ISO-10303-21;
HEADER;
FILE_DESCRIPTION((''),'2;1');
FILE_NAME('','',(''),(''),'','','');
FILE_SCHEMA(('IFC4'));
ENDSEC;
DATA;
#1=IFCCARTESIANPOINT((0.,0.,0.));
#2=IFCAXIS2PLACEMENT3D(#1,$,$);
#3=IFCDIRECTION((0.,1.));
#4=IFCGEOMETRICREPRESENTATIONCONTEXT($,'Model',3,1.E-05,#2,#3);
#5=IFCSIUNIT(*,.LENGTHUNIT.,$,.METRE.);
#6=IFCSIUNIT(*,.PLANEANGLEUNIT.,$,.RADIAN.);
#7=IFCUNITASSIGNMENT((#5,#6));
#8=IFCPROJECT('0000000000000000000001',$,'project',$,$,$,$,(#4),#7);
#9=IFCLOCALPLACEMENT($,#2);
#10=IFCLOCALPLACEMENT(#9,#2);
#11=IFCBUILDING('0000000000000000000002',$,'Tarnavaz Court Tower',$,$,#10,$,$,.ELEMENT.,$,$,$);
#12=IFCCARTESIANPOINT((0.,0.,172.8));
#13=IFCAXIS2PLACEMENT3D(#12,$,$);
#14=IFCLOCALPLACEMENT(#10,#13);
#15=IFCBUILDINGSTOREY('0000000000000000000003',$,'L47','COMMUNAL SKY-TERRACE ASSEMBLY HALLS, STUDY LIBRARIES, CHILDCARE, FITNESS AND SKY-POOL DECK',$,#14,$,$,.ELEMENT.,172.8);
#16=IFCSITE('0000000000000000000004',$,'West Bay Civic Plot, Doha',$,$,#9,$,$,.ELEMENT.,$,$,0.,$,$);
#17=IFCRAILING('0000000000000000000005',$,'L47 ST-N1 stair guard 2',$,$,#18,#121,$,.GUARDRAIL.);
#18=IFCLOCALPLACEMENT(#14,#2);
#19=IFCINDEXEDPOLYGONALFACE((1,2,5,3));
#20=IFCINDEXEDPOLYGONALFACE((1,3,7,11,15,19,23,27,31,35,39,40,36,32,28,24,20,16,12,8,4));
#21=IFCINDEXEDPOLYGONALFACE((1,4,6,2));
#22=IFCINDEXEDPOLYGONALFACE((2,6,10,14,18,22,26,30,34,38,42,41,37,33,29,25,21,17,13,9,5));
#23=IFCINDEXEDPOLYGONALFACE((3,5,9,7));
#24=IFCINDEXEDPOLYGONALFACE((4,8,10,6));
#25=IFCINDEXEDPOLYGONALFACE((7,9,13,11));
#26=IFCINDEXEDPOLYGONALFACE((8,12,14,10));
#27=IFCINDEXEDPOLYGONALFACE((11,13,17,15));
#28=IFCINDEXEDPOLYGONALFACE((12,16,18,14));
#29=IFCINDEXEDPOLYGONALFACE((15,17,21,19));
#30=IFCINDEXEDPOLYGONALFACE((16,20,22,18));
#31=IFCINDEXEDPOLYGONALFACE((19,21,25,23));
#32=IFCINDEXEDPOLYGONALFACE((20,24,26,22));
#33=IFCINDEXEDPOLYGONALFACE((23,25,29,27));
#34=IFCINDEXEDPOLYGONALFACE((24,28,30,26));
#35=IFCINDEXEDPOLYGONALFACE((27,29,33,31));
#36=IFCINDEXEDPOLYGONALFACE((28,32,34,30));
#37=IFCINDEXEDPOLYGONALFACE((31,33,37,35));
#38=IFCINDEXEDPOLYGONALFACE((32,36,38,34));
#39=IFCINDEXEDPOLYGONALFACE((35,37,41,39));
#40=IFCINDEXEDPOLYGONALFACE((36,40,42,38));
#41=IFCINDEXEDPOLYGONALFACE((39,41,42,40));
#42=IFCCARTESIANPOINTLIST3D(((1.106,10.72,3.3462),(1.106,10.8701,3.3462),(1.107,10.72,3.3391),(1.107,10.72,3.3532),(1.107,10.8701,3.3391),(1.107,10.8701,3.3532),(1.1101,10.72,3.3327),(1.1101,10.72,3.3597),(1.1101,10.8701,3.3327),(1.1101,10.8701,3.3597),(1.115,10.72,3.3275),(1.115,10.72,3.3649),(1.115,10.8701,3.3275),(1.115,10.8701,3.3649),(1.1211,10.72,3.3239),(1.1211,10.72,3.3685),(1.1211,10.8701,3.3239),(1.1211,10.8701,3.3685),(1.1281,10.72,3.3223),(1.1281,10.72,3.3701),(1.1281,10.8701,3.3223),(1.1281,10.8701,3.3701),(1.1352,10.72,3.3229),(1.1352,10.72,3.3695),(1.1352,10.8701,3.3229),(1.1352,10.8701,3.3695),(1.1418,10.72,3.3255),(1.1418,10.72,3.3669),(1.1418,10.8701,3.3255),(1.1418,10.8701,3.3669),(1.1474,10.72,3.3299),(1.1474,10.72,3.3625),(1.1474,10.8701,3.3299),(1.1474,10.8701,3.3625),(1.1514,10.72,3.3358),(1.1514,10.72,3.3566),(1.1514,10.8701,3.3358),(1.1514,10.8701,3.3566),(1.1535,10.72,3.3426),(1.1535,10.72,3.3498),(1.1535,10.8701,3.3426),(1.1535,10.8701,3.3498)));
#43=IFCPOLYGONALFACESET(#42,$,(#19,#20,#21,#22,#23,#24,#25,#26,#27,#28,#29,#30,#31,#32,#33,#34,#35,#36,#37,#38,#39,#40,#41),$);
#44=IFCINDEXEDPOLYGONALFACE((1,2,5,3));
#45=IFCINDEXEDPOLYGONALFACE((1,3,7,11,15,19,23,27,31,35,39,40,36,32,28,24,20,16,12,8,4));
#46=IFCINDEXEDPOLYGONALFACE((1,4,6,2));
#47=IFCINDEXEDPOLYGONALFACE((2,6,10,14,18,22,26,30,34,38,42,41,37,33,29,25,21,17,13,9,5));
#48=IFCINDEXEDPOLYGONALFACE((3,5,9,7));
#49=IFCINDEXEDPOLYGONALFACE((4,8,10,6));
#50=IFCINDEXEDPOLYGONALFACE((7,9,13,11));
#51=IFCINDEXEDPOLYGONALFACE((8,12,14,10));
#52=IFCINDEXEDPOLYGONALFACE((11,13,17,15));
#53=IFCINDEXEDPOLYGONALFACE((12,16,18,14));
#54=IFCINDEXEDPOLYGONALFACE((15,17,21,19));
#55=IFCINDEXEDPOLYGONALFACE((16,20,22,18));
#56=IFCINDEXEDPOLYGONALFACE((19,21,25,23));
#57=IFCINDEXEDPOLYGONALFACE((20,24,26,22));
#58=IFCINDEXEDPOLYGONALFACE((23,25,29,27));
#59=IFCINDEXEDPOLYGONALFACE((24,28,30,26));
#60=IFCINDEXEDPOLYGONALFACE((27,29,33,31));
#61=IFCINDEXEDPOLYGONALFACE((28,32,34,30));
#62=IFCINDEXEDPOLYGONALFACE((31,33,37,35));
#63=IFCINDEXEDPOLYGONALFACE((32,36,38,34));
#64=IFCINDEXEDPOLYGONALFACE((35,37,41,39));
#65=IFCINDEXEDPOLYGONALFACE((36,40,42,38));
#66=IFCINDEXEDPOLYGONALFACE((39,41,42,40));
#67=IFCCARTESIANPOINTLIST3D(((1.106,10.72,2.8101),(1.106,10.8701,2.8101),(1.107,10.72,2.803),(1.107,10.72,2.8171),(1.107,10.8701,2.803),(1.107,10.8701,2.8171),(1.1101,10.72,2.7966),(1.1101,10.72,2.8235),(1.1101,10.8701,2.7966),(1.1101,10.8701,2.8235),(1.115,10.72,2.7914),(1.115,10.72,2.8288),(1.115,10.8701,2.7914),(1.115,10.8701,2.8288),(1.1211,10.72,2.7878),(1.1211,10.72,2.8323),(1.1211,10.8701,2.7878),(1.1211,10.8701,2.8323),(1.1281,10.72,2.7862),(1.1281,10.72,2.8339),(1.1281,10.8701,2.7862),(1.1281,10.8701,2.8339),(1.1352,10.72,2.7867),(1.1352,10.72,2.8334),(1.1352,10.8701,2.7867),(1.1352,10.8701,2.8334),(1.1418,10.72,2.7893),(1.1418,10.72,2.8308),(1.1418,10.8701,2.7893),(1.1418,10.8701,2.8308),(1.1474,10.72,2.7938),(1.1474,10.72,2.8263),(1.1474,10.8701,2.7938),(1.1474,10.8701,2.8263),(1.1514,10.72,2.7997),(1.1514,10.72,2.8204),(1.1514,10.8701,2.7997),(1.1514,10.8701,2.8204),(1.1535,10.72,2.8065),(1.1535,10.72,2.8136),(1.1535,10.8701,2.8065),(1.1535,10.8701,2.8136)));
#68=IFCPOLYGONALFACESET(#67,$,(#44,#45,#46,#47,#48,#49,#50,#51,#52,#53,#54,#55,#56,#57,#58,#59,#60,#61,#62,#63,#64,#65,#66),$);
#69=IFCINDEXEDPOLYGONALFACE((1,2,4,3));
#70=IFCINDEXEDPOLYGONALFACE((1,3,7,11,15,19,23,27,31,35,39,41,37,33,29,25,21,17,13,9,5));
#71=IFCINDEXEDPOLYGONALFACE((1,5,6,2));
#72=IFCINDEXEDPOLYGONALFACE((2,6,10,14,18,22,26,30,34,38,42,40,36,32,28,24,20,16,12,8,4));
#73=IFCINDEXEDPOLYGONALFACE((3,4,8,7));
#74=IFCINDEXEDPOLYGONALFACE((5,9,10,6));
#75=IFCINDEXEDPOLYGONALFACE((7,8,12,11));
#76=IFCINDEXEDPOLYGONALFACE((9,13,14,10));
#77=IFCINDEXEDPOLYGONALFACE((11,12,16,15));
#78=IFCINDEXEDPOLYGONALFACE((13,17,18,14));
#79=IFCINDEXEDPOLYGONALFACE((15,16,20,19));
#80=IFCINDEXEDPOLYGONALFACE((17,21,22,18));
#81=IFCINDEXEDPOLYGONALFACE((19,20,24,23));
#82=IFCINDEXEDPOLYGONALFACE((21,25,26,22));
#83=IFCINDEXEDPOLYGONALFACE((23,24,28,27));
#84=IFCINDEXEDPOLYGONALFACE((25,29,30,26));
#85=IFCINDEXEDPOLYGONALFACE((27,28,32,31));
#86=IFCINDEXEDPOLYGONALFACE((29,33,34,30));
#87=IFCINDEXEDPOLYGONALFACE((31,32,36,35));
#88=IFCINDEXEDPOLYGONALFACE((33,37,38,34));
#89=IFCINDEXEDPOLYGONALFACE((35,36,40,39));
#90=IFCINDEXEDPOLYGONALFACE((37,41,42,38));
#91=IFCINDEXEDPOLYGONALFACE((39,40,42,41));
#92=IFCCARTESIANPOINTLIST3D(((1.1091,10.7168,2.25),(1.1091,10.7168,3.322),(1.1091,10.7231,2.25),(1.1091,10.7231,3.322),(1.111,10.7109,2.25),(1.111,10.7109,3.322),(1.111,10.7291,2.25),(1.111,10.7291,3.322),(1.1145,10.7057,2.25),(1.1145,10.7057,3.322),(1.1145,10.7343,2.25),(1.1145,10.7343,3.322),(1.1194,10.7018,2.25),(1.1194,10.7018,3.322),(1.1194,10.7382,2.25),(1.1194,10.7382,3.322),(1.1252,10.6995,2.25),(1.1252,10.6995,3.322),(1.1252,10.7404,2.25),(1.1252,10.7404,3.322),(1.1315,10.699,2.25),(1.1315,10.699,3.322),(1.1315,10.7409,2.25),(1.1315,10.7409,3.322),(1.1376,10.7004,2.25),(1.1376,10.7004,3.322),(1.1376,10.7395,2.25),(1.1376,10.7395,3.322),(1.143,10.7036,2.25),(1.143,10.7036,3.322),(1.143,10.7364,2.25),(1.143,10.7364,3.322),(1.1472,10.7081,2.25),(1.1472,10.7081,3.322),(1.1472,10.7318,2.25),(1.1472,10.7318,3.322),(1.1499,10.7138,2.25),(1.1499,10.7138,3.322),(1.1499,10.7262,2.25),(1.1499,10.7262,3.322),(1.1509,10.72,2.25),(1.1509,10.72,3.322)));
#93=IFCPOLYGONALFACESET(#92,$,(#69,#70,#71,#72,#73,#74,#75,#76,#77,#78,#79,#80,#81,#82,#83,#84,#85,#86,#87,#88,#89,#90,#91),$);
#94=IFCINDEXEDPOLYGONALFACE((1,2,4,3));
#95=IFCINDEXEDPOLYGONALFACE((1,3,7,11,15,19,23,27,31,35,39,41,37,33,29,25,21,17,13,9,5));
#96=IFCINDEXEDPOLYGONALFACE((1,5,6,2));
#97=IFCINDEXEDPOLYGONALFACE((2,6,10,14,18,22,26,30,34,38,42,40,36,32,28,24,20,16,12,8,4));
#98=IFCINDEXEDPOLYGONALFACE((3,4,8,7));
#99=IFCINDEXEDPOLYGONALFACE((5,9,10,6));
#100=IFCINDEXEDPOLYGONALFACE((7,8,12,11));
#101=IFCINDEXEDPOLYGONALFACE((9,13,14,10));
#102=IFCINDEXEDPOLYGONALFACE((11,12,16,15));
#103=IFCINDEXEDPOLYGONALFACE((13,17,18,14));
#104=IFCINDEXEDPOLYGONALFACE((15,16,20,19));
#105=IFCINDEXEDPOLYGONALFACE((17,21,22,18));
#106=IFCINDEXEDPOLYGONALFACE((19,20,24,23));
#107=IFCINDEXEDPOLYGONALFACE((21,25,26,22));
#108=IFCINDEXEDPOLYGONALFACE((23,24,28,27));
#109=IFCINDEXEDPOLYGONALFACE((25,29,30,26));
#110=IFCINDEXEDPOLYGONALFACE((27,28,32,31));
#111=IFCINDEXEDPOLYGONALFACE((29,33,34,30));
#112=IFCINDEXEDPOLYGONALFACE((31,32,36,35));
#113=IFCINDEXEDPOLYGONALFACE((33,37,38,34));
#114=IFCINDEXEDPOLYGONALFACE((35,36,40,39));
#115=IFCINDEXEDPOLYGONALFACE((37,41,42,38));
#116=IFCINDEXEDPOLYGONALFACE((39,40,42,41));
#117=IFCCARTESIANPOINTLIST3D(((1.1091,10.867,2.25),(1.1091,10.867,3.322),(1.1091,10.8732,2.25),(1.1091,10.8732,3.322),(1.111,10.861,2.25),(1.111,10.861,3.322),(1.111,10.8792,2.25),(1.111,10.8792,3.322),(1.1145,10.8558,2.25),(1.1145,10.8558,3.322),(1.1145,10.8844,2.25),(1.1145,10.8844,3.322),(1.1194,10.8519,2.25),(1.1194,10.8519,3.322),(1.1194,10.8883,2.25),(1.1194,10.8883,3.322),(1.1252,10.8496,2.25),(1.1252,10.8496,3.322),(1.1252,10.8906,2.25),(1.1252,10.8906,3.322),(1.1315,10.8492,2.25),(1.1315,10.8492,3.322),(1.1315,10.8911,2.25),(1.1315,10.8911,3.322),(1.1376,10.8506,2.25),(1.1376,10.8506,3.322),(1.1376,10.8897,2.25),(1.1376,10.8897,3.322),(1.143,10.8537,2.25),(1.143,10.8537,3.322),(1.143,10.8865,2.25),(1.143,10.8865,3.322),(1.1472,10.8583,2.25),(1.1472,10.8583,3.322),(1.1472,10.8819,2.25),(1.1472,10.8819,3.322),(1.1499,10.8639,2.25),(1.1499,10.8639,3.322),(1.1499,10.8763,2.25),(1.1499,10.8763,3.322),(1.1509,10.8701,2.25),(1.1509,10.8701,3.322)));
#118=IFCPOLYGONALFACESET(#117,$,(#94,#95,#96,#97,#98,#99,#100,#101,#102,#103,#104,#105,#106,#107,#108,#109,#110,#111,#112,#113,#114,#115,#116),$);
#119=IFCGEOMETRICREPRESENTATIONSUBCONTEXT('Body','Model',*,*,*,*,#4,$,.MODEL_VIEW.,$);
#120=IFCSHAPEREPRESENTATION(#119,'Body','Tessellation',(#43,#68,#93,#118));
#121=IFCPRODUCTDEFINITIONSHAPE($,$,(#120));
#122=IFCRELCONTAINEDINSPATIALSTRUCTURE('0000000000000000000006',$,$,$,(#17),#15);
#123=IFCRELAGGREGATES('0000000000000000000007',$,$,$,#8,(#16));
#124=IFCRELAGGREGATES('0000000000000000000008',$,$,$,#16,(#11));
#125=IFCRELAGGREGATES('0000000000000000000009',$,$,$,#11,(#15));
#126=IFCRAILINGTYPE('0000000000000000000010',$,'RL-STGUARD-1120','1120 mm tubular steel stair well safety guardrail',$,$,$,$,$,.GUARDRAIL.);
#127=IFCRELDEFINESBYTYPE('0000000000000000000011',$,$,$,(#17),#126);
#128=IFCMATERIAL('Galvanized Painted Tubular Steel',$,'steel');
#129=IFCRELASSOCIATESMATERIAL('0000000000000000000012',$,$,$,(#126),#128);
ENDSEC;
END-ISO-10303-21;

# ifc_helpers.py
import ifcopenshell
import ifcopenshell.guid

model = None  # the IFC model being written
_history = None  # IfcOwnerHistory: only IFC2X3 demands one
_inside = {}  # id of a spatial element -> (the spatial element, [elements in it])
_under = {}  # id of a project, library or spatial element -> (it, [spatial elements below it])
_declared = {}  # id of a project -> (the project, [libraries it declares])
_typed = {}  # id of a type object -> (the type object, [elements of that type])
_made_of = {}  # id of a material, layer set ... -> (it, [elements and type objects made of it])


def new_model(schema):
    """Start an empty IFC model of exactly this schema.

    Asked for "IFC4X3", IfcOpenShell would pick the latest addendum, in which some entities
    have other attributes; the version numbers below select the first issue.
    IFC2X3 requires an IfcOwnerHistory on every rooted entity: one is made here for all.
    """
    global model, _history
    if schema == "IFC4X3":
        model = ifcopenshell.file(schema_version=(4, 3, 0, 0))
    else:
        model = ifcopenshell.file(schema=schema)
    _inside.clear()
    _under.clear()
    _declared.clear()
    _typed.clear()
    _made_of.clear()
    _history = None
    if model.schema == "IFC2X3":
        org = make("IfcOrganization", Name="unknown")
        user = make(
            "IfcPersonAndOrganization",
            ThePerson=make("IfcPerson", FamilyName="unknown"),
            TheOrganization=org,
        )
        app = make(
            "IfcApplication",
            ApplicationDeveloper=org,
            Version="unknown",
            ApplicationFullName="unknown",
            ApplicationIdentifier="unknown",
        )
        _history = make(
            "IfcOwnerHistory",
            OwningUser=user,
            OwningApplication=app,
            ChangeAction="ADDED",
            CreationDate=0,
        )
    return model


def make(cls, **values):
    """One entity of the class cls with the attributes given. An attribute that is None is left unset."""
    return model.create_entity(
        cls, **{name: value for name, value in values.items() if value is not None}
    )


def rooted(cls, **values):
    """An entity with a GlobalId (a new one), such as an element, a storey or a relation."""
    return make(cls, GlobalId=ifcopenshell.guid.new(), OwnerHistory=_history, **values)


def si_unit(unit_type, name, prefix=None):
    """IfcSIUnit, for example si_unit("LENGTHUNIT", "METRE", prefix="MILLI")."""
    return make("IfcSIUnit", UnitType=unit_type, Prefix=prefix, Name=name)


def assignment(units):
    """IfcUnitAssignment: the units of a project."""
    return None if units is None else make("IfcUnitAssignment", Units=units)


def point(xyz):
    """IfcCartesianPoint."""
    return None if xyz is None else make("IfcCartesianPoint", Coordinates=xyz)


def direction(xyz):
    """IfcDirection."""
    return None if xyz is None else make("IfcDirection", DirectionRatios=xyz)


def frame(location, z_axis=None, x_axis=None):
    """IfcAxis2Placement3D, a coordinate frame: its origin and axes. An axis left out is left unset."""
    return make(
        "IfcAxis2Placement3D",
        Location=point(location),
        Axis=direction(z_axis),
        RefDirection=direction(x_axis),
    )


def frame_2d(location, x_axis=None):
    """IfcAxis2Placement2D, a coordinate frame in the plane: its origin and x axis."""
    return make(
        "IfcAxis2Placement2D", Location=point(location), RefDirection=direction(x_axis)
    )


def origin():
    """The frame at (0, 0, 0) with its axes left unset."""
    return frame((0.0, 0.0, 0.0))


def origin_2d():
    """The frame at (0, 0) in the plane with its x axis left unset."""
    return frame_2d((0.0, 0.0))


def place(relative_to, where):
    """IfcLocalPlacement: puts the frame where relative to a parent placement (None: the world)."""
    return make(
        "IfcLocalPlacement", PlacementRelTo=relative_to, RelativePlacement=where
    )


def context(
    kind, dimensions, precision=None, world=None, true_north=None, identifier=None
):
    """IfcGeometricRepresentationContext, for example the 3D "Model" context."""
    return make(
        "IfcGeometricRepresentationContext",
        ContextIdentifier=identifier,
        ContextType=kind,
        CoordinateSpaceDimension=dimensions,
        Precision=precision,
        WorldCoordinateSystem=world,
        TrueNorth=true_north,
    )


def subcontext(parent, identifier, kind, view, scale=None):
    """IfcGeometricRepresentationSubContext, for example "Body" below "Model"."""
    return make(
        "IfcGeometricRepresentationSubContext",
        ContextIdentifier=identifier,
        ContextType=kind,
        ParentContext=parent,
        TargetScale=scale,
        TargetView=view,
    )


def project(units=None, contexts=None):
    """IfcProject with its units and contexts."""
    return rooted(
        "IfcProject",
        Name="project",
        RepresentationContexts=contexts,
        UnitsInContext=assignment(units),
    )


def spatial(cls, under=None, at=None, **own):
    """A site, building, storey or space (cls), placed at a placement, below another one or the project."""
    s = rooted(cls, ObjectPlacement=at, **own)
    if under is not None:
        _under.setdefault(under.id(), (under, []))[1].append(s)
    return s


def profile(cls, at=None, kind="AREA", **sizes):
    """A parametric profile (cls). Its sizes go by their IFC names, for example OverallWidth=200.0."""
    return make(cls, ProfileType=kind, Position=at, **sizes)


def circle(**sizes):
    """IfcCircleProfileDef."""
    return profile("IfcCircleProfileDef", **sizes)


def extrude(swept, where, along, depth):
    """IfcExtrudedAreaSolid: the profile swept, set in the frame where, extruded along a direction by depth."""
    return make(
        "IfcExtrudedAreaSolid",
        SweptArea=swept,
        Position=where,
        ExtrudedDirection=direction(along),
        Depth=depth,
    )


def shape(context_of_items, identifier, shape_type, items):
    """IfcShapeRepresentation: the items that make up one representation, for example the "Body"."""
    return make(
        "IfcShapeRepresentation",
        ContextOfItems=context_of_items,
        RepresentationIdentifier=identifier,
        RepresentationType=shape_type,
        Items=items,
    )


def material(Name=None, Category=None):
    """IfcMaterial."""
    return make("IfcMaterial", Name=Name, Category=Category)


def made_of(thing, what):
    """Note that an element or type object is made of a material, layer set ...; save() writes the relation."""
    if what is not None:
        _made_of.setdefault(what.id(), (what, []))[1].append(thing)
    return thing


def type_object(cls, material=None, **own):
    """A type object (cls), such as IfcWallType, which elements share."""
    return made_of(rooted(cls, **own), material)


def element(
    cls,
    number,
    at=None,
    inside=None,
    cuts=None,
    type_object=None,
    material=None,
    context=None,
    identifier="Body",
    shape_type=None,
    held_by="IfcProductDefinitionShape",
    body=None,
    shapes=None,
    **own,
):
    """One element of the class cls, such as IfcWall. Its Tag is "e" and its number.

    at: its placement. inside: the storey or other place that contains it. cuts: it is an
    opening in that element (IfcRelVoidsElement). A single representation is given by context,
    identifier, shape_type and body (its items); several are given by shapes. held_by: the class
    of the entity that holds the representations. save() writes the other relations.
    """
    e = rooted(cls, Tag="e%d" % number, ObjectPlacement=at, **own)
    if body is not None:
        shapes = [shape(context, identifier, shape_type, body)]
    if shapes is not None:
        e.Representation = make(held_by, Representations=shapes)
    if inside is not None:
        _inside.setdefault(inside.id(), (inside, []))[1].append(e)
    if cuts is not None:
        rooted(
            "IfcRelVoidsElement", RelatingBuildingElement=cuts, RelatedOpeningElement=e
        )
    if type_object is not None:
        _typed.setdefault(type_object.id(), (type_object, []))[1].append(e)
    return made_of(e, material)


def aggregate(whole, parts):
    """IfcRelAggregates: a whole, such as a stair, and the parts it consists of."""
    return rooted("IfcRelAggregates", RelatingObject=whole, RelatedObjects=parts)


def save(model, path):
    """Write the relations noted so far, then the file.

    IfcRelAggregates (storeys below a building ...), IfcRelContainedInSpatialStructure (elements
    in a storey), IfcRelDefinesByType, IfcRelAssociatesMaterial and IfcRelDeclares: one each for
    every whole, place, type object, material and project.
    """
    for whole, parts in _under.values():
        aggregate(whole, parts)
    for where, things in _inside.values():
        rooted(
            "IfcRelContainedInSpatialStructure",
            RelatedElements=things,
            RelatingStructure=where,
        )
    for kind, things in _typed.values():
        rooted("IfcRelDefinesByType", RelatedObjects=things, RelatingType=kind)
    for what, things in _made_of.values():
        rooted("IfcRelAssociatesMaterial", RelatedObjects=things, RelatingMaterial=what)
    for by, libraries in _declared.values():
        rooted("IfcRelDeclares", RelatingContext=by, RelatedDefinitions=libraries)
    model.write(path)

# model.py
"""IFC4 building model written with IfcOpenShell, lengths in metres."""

from ifc_helpers import new_model, si_unit, direction, frame, origin, origin_2d, place, context, subcontext, project, spatial, circle, extrude, material, type_object, element, save


model = new_model("IFC4")

# Units and contexts
model_context = context("Model", 3, precision=1e-05, world=origin(), true_north=direction((0.0, 1.0)))
body_context = subcontext(model_context, "Body", "Model", "MODEL_VIEW")
ifc_project = project(units=[si_unit("LENGTHUNIT", "METRE"), si_unit("PLANEANGLEUNIT", "RADIAN")], contexts=[model_context])

# Site, building, storey
site_placement = place(None, origin())
site = spatial("IfcSite", under=ifc_project, at=site_placement, Name="West Bay Civic Plot, Doha", CompositionType="ELEMENT", RefElevation=0.0)
building_placement = place(site_placement, origin())
building = spatial("IfcBuilding", under=site, at=building_placement, Name="Tarnavaz Court Tower", CompositionType="ELEMENT")
storey_placement = place(building_placement, frame((0.0, 0.0, 172.8)))
storey = spatial("IfcBuildingStorey", under=building, at=storey_placement, Name="L47", Description="COMMUNAL SKY-TERRACE ASSEMBLY HALLS, STUDY LIBRARIES, CHILDCARE, FITNESS AND SKY-POOL DECK", CompositionType="ELEMENT", Elevation=172.8)

# Railing
ifc_material_1 = material(Name="Galvanized Painted Tubular Steel", Category="steel")
railing_type_1 = type_object("IfcRailingType", Name="RL-STGUARD-1120", Description="1120 mm tubular steel stair well safety guardrail", PredefinedType="GUARDRAIL", material=ifc_material_1)
railing_1_placement = place(storey_placement, frame((1.1299, 10.72, 2.25)))
element("IfcRailing", 1, at=railing_1_placement, inside=storey, type_object=railing_type_1, Name="L47 ST-N1 stair guard 2", PredefinedType="GUARDRAIL", context=body_context, shape_type="SweptSolid", body=[
    extrude(circle(Radius=0.0239, at=origin_2d()), frame((0.0, 0.0, 1.0962), z_axis=(0.0, 1.0, 0.0), x_axis=(-1.0, 0.0, 0.0)), (0.0, 0.0, 1.0), 0.1501),
    extrude(circle(Radius=0.0239, at=origin_2d()), frame((0.0, 0.0, 0.5601), z_axis=(0.0, 1.0, 0.0), x_axis=(-1.0, 0.0, 0.0)), (0.0, 0.0, 1.0), 0.1501),
    extrude(circle(Radius=0.021, at=origin_2d()), origin(), (0.0, 0.0, 1.0), 1.072),
    extrude(circle(Radius=0.021, at=origin_2d()), frame((0.0, 0.1501, 0.0)), (0.0, 0.0, 1.0), 1.072),
])

save(model, "model.ifc")
